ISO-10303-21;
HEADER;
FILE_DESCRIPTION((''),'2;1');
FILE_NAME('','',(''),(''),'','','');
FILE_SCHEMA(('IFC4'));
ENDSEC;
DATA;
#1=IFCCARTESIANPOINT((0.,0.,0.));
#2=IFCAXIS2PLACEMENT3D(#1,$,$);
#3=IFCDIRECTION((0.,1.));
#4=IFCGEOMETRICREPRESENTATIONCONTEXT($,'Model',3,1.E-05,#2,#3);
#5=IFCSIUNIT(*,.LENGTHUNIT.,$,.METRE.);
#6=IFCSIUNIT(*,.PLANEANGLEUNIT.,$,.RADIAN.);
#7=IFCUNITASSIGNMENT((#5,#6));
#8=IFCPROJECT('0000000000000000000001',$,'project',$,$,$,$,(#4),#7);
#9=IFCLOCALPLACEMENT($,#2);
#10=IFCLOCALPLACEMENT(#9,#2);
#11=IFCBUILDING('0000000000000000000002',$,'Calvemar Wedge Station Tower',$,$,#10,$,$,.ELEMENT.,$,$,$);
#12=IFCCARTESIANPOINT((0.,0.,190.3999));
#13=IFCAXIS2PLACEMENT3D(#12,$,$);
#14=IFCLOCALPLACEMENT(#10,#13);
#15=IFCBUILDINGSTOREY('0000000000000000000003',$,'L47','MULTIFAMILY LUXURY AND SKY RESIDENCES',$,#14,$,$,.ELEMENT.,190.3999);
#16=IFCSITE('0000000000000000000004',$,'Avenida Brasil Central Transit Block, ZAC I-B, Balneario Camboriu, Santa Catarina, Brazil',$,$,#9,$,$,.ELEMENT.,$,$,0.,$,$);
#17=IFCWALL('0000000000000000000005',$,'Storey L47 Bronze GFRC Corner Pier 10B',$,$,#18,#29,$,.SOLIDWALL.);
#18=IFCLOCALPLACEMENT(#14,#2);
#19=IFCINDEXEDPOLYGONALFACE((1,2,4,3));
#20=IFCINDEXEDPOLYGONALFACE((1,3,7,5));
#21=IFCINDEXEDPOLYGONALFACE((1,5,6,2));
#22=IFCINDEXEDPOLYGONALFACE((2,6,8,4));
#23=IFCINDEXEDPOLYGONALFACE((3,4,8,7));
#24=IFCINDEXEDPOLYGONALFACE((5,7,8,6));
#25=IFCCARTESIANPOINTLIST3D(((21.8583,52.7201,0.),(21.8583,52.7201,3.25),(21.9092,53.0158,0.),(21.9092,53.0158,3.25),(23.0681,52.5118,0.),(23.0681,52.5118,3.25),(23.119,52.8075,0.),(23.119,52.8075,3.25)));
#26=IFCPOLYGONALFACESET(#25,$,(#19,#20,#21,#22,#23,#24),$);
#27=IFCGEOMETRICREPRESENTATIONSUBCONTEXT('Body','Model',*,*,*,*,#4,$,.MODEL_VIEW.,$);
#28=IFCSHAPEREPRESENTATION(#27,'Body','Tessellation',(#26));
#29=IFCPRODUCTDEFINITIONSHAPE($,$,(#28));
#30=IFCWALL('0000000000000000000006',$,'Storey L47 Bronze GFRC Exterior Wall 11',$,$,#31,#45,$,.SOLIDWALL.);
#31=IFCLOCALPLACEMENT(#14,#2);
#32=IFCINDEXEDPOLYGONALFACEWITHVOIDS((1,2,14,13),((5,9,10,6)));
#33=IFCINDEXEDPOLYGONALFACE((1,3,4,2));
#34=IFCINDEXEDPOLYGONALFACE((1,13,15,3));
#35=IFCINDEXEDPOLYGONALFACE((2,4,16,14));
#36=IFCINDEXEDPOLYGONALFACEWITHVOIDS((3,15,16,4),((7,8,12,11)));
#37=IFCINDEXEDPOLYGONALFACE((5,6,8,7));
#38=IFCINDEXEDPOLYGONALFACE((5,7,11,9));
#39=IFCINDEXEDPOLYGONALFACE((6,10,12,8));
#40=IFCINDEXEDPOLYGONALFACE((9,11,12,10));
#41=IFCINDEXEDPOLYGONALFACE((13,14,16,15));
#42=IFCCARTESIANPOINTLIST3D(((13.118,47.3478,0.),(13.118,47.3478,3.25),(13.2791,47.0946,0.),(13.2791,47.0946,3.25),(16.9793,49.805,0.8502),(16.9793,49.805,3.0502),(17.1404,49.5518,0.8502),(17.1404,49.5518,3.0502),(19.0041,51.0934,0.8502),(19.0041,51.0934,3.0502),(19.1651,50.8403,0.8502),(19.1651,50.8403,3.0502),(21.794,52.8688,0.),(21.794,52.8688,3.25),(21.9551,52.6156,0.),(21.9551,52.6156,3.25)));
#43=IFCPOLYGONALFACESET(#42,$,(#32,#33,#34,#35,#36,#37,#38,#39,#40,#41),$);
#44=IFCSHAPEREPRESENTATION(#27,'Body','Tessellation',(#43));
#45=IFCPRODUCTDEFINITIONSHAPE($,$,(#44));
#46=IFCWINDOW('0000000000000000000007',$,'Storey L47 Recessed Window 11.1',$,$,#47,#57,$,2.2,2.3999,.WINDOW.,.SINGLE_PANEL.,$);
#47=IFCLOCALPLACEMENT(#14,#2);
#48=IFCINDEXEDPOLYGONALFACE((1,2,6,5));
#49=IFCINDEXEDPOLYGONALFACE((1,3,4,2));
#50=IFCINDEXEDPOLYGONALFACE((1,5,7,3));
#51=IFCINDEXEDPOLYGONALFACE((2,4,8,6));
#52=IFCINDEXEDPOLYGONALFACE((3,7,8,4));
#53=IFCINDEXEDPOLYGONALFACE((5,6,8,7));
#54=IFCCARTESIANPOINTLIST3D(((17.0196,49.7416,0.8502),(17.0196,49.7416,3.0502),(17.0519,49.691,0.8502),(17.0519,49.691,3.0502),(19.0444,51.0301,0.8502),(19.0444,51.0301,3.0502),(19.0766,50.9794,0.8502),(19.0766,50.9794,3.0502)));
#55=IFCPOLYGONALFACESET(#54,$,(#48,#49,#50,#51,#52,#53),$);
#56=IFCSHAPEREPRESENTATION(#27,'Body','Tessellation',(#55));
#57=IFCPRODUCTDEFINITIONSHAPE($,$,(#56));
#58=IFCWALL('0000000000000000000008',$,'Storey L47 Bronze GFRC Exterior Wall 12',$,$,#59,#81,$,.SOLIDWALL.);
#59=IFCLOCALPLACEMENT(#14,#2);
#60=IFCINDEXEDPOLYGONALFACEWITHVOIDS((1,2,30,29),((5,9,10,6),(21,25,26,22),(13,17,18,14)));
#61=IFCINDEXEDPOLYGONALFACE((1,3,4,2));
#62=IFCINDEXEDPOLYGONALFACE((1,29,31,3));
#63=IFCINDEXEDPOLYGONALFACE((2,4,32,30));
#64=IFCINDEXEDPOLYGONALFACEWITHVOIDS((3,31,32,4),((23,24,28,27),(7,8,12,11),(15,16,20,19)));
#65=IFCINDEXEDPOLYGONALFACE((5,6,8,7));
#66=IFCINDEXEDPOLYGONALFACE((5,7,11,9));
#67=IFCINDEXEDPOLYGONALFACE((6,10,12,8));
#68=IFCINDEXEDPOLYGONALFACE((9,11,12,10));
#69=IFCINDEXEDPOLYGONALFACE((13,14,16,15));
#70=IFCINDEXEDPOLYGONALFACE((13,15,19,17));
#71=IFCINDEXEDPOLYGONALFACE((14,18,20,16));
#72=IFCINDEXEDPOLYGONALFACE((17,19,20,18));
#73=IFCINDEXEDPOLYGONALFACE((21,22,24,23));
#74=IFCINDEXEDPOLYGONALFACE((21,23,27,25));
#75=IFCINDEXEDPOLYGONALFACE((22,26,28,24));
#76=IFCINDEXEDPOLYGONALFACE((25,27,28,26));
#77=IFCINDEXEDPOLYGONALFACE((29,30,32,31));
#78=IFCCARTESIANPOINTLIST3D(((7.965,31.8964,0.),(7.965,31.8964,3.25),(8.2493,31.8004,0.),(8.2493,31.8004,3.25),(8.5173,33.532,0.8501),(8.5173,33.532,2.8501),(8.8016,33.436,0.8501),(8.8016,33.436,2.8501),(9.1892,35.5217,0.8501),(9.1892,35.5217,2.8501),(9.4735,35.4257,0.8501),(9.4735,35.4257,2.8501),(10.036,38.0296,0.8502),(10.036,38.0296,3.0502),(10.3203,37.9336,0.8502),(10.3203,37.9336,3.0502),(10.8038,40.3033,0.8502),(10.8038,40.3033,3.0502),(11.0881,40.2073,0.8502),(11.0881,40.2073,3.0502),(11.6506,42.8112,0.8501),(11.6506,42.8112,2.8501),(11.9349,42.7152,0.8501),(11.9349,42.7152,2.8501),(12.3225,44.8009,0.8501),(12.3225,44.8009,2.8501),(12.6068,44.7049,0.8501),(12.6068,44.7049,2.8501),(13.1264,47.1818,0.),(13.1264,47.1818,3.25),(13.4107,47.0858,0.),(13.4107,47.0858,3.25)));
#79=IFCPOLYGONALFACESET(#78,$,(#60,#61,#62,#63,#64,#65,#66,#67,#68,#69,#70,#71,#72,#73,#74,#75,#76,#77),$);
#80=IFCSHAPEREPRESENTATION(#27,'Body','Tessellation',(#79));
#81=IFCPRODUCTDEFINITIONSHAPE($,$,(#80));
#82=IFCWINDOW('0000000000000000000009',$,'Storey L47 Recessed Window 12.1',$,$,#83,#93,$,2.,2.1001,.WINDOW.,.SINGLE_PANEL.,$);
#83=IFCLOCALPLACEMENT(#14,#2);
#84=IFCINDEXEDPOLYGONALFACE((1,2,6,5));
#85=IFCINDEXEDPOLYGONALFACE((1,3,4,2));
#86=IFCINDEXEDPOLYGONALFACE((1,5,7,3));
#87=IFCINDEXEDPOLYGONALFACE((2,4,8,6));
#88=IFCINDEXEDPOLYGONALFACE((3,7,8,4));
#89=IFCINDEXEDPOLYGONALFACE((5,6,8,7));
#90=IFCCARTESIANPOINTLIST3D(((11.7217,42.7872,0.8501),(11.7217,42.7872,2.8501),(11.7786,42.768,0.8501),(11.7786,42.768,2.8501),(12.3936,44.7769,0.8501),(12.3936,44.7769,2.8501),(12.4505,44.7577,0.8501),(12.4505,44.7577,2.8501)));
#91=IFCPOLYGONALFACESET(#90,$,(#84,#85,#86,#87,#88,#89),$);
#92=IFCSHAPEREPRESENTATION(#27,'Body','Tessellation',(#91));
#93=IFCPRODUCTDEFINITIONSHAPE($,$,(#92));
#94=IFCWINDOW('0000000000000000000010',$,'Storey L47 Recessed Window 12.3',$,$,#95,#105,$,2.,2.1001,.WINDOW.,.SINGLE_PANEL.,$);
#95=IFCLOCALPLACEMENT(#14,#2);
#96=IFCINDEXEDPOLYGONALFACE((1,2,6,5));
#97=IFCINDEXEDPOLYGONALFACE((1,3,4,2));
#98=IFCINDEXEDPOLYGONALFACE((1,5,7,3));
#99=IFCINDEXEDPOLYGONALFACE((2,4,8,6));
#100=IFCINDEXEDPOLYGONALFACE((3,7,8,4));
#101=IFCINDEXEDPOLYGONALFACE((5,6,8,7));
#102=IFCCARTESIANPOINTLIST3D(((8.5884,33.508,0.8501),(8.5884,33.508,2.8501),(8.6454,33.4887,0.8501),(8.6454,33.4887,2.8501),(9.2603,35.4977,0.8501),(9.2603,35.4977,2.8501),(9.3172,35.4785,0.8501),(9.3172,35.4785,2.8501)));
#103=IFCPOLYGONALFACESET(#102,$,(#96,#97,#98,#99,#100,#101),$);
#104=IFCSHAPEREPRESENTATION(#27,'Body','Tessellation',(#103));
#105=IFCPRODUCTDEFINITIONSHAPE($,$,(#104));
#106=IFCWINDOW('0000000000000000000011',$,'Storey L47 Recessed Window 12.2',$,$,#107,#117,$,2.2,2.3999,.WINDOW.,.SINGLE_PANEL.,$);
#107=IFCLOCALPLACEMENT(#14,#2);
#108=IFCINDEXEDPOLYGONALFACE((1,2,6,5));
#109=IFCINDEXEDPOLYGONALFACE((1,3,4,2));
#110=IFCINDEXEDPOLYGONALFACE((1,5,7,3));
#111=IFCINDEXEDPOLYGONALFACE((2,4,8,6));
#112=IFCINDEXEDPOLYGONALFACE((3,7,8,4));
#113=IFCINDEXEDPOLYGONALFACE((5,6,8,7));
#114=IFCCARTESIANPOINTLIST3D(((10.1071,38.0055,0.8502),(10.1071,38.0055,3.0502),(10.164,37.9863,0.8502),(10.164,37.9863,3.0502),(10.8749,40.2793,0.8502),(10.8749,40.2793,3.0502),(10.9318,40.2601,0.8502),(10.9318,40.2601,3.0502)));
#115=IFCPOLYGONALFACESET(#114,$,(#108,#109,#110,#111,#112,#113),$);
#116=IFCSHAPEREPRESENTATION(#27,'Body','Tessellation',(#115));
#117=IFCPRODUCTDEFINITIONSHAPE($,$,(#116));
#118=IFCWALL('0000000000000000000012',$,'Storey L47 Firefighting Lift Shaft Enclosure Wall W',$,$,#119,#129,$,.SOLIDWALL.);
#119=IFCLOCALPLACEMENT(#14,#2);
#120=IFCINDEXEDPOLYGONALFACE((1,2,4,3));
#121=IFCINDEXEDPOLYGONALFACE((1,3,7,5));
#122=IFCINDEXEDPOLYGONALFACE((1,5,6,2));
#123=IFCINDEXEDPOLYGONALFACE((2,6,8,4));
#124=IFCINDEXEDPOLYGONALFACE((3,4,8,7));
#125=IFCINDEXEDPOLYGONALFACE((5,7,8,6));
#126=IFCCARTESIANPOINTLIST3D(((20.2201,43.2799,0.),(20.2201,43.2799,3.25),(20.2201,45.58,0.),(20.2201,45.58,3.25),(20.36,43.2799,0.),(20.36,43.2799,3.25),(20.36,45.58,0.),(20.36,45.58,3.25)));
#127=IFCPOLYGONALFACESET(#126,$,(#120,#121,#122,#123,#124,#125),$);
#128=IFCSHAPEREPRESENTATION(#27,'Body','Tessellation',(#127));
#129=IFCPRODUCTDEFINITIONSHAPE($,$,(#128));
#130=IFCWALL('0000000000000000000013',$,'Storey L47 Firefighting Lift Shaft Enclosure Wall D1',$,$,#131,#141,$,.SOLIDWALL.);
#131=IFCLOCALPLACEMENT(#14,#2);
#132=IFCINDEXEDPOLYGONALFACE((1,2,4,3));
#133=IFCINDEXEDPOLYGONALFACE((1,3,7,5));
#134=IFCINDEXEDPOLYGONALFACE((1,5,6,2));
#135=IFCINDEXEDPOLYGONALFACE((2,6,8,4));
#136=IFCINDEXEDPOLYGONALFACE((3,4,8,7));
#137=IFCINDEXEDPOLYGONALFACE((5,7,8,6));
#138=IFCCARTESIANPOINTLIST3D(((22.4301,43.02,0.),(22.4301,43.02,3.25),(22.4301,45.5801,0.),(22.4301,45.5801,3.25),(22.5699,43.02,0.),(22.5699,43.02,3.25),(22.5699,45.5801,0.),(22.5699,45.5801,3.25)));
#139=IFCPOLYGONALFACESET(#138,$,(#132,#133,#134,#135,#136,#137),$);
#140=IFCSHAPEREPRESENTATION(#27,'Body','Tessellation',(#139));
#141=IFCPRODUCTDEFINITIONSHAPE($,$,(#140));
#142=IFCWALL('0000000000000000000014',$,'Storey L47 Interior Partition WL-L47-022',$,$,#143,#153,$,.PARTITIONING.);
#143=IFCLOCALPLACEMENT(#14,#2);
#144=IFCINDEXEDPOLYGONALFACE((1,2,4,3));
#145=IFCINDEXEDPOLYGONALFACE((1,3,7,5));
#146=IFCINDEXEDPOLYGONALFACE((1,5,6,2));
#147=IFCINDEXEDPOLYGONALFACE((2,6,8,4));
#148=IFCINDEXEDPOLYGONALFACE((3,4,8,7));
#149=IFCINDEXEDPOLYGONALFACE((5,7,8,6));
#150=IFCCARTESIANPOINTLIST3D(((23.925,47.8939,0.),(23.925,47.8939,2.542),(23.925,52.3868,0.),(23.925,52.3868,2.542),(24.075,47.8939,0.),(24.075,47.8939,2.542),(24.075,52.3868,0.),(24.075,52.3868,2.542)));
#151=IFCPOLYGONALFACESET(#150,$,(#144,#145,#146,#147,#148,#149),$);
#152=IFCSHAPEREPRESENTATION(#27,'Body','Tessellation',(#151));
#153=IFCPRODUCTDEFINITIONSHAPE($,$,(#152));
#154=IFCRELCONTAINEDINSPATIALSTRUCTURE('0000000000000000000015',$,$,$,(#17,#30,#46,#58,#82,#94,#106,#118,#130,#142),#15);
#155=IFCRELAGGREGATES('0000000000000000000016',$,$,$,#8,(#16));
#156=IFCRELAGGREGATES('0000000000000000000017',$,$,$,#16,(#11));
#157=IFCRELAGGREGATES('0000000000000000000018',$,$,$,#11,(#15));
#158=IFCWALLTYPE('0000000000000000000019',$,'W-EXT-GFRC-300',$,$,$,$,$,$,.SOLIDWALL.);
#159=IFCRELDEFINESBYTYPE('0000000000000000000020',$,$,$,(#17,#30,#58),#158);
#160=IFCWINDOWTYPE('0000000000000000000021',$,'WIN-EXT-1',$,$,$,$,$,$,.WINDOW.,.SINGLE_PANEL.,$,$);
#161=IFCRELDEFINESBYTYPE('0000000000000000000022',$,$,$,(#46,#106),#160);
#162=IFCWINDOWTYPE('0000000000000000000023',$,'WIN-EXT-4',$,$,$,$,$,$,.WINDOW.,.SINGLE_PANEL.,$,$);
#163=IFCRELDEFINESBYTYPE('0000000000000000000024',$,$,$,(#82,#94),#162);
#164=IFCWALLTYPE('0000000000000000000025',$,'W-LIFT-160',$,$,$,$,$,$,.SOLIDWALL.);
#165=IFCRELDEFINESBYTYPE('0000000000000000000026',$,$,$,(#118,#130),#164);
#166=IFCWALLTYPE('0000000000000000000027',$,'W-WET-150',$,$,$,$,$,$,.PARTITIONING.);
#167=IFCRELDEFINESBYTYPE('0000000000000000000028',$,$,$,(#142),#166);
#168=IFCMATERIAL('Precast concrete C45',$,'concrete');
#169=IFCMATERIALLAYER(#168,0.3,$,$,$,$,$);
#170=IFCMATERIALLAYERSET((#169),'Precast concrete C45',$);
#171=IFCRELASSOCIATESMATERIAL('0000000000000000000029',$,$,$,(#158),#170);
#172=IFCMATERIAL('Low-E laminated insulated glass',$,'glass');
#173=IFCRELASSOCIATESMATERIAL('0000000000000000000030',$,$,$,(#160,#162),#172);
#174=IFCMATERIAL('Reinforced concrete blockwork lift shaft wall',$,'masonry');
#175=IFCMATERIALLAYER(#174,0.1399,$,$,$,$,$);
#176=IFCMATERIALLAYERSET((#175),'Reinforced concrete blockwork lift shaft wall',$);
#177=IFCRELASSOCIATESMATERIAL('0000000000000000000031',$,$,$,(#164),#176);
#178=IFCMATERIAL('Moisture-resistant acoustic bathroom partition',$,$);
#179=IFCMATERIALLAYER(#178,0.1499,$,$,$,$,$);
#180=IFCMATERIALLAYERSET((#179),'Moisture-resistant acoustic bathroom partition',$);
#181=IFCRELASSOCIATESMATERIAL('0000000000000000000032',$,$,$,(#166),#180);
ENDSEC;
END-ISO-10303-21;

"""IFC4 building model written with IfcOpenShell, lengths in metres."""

from ifc_helpers import new_model, si_unit, direction, frame, frame_2d, origin, place, context, subcontext, project, spatial, rectangle, extrude, source, transform, mapped, material, layer, layer_set, type_object, element, fill, save


model = new_model("IFC4")

# Units and contexts
model_context = context("Model", 3, precision=1e-05, world=origin(), true_north=direction((0.0, 1.0)))
body_context = subcontext(model_context, "Body", "Model", "MODEL_VIEW")
ifc_project = project(units=[si_unit("LENGTHUNIT", "METRE"), si_unit("PLANEANGLEUNIT", "RADIAN")], contexts=[model_context])

# Site, building, storey
site_placement = place(None, origin())
site = spatial("IfcSite", under=ifc_project, at=site_placement, Name="Avenida Brasil Central Transit Block, ZAC I-B, Balneario Camboriu, Santa Catarina, Brazil", CompositionType="ELEMENT", RefElevation=0.0)
building_placement = place(site_placement, origin())
building = spatial("IfcBuilding", under=site, at=building_placement, Name="Calvemar Wedge Station Tower", CompositionType="ELEMENT")
storey_placement = place(building_placement, frame((0.0, 0.0, 190.3999)))
storey = spatial("IfcBuildingStorey", under=building, at=storey_placement, Name="L47", Description="MULTIFAMILY LUXURY AND SKY RESIDENCES", CompositionType="ELEMENT", Elevation=190.3999)

# Wall
ifc_material_1 = material(Name="Precast concrete C45", Category="concrete")
ifc_layer_1 = layer(ifc_material_1, 0.3)
ifc_layer_set_1 = layer_set([ifc_layer_1], Name="Precast concrete C45")
wall_type_1 = type_object("IfcWallType", Name="W-EXT-GFRC-300", PredefinedType="SOLIDWALL", material=ifc_layer_set_1)
wall_1_placement = place(storey_placement, frame((23.0935, 52.6597, 0.0), z_axis=(0.0, 0.0, 1.0), x_axis=(-0.985504, 0.169654, 0.0)))
element("IfcWall", 1, at=wall_1_placement, inside=storey, type_object=wall_type_1, Name="Storey L47 Bronze GFRC Corner Pier 10B", PredefinedType="SOLIDWALL", context=body_context, shape_type="SweptSolid", body=[
    extrude(rectangle(XDim=1.2275, YDim=0.3, at=frame_2d((0.6138, 0.0))), origin(), (0.0, 0.0, 1.0), 3.25),
])

# Wall, opening, window
wall_2_placement = place(storey_placement, frame((21.8745, 52.7422, 0.0), z_axis=(0.0, 0.0, 1.0), x_axis=(-0.843666, -0.536868, 0.0)))
wall_2 = element("IfcWall", 2, at=wall_2_placement, inside=storey, type_object=wall_type_1, Name="Storey L47 Bronze GFRC Exterior Wall 11", PredefinedType="SOLIDWALL", context=body_context, shape_type="SweptSolid", body=[
    extrude(rectangle(XDim=10.2837, YDim=0.3, at=frame_2d((5.1418, 0.0))), origin(), (0.0, 0.0, 1.0), 3.25),
])
shared_shape_1 = source(origin(), body_context, "Body", "SweptSolid", [
    extrude(rectangle(XDim=2.3999, YDim=2.2, at=frame_2d((1.2, 1.1001))), frame((0.0, 0.1602, 0.0), z_axis=(0.0, -1.0, 0.0), x_axis=(1.0, 0.0, 0.0)), (0.0, 0.0, 1.0), 0.3201),
])
opening_1_placement = place(wall_2_placement, frame((3.3069, 0.0, 0.8501)))
opening_1 = element("IfcOpeningElement", 3, at=opening_1_placement, cuts=wall_2, PredefinedType="OPENING", context=body_context, shape_type="MappedRepresentation", body=[
    mapped(shared_shape_1, transform((0.0, 0.0, 0.0), scale=1.0)),
])
ifc_material_2 = material(Name="Low-E laminated insulated glass", Category="glass")
window_type_1 = type_object("IfcWindowType", Name="WIN-EXT-1", PartitioningType="SINGLE_PANEL", PredefinedType="WINDOW", material=ifc_material_2)
shared_shape_2 = source(origin(), body_context, "Body", "SweptSolid", [
    extrude(rectangle(XDim=2.3999, YDim=2.2, at=frame_2d((1.2, 1.1001))), frame((0.0, -0.0149, 0.0), z_axis=(0.0, -1.0, 0.0), x_axis=(1.0, 0.0, 0.0)), (0.0, 0.0, 1.0), 0.0601),
])
window_1_placement = place(opening_1_placement, origin())
window_1 = element("IfcWindow", 4, at=window_1_placement, inside=storey, type_object=window_type_1, Name="Storey L47 Recessed Window 11.1", OverallHeight=2.2, OverallWidth=2.3999, PartitioningType="SINGLE_PANEL", PredefinedType="WINDOW", context=body_context, shape_type="MappedRepresentation", body=[
    mapped(shared_shape_2, transform((0.0, 0.0, 0.0), scale=1.0)),
])
fill(opening_1, window_1)

# Wall, openings, windows
wall_3_placement = place(storey_placement, frame((13.2686, 47.1338, 0.0), z_axis=(0.0, 0.0, 1.0), x_axis=(-0.319921, -0.947444, 0.0)))
wall_3 = element("IfcWall", 5, at=wall_3_placement, inside=storey, type_object=wall_type_1, Name="Storey L47 Bronze GFRC Exterior Wall 12", PredefinedType="SOLIDWALL", context=body_context, shape_type="SweptSolid", body=[
    extrude(rectangle(XDim=16.1333, YDim=0.3, at=frame_2d((8.0667, 0.0))), origin(), (0.0, 0.0, 1.0), 3.25),
])
shared_shape_3 = source(origin(), body_context, "Body", "SweptSolid", [
    extrude(rectangle(XDim=2.1001, YDim=2.0, at=frame_2d((1.05, 1.0))), frame((0.0, 0.1602, 0.0), z_axis=(0.0, -1.0, 0.0), x_axis=(1.0, 0.0, 0.0)), (0.0, 0.0, 1.0), 0.3201),
])
opening_2_placement = place(wall_3_placement, frame((2.5129, 0.0, 0.8501)))
opening_2 = element("IfcOpeningElement", 6, at=opening_2_placement, cuts=wall_3, PredefinedType="OPENING", context=body_context, shape_type="MappedRepresentation", body=[
    mapped(shared_shape_3, transform((0.0, 0.0, 0.0), scale=1.0)),
])
opening_3_placement = place(wall_3_placement, frame((7.26, 0.0, 0.8501)))
opening_3 = element("IfcOpeningElement", 7, at=opening_3_placement, cuts=wall_3, PredefinedType="OPENING", context=body_context, shape_type="MappedRepresentation", body=[
    mapped(shared_shape_1, transform((0.0, 0.0, 0.0), scale=1.0)),
])
opening_4_placement = place(wall_3_placement, frame((12.3069, 0.0, 0.8501)))
opening_4 = element("IfcOpeningElement", 8, at=opening_4_placement, cuts=wall_3, PredefinedType="OPENING", context=body_context, shape_type="MappedRepresentation", body=[
    mapped(shared_shape_3, transform((0.0, 0.0, 0.0), scale=1.0)),
])
window_type_2 = type_object("IfcWindowType", Name="WIN-EXT-4", PartitioningType="SINGLE_PANEL", PredefinedType="WINDOW", material=ifc_material_2)
shared_shape_4 = source(origin(), body_context, "Body", "SweptSolid", [
    extrude(rectangle(XDim=2.1001, YDim=2.0, at=frame_2d((1.05, 1.0))), frame((0.0, -0.0149, 0.0), z_axis=(0.0, -1.0, 0.0), x_axis=(1.0, 0.0, 0.0)), (0.0, 0.0, 1.0), 0.0601),
])
window_2_placement = place(opening_2_placement, origin())
window_2 = element("IfcWindow", 9, at=window_2_placement, inside=storey, type_object=window_type_2, Name="Storey L47 Recessed Window 12.1", OverallHeight=2.0, OverallWidth=2.1001, PartitioningType="SINGLE_PANEL", PredefinedType="WINDOW", context=body_context, shape_type="MappedRepresentation", body=[
    mapped(shared_shape_4, transform((0.0, 0.0, 0.0), scale=1.0)),
])
fill(opening_2, window_2)
window_3_placement = place(opening_4_placement, origin())
window_3 = element("IfcWindow", 10, at=window_3_placement, inside=storey, type_object=window_type_2, Name="Storey L47 Recessed Window 12.3", OverallHeight=2.0, OverallWidth=2.1001, PartitioningType="SINGLE_PANEL", PredefinedType="WINDOW", context=body_context, shape_type="MappedRepresentation", body=[
    mapped(shared_shape_4, transform((0.0, 0.0, 0.0), scale=1.0)),
])
fill(opening_4, window_3)
window_4_placement = place(opening_3_placement, origin())
window_4 = element("IfcWindow", 11, at=window_4_placement, inside=storey, type_object=window_type_1, Name="Storey L47 Recessed Window 12.2", OverallHeight=2.2, OverallWidth=2.3999, PartitioningType="SINGLE_PANEL", PredefinedType="WINDOW", context=body_context, shape_type="MappedRepresentation", body=[
    mapped(shared_shape_2, transform((0.0, 0.0, 0.0), scale=1.0)),
])
fill(opening_3, window_4)

# Walls
ifc_material_3 = material(Name="Reinforced concrete blockwork lift shaft wall", Category="masonry")
ifc_layer_2 = layer(ifc_material_3, 0.1399)
ifc_layer_set_2 = layer_set([ifc_layer_2], Name="Reinforced concrete blockwork lift shaft wall")
wall_type_2 = type_object("IfcWallType", Name="W-LIFT-160", PredefinedType="SOLIDWALL", material=ifc_layer_set_2)
wall_4_placement = place(storey_placement, frame((20.29, 43.28, 0.0), z_axis=(0.0, 0.0, 1.0), x_axis=(0.0, 1.0, 0.0)))
element("IfcWall", 12, at=wall_4_placement, inside=storey, type_object=wall_type_2, Name="Storey L47 Firefighting Lift Shaft Enclosure Wall W", PredefinedType="SOLIDWALL", context=body_context, shape_type="SweptSolid", body=[
    extrude(rectangle(XDim=2.3, YDim=0.1399, at=frame_2d((1.1499, 0.0))), origin(), (0.0, 0.0, 1.0), 3.25),
])
wall_5_placement = place(storey_placement, frame((22.5, 43.02, 0.0), z_axis=(0.0, 0.0, 1.0), x_axis=(0.0, 1.0, 0.0)))
element("IfcWall", 13, at=wall_5_placement, inside=storey, type_object=wall_type_2, Name="Storey L47 Firefighting Lift Shaft Enclosure Wall D1", PredefinedType="SOLIDWALL", context=body_context, shape_type="SweptSolid", body=[
    extrude(rectangle(XDim=2.5601, YDim=0.1399, at=frame_2d((1.28, 0.0))), origin(), (0.0, 0.0, 1.0), 3.25),
])
ifc_material_4 = material(Name="Moisture-resistant acoustic bathroom partition")
ifc_layer_3 = layer(ifc_material_4, 0.1499)
ifc_layer_set_3 = layer_set([ifc_layer_3], Name="Moisture-resistant acoustic bathroom partition")
wall_type_3 = type_object("IfcWallType", Name="W-WET-150", PredefinedType="PARTITIONING", material=ifc_layer_set_3)
wall_6_placement = place(storey_placement, frame((24.0, 52.387, 0.0), z_axis=(0.0, 0.0, 1.0), x_axis=(0.0, -1.0, 0.0)))
element("IfcWall", 14, at=wall_6_placement, inside=storey, type_object=wall_type_3, Name="Storey L47 Interior Partition WL-L47-022", PredefinedType="PARTITIONING", context=body_context, shape_type="SweptSolid", body=[
    extrude(rectangle(XDim=4.4929, YDim=0.1499, at=frame_2d((2.2466, 0.0))), origin(), (0.0, 0.0, 1.0), 2.542),
])

save(model, "model.ifc")
